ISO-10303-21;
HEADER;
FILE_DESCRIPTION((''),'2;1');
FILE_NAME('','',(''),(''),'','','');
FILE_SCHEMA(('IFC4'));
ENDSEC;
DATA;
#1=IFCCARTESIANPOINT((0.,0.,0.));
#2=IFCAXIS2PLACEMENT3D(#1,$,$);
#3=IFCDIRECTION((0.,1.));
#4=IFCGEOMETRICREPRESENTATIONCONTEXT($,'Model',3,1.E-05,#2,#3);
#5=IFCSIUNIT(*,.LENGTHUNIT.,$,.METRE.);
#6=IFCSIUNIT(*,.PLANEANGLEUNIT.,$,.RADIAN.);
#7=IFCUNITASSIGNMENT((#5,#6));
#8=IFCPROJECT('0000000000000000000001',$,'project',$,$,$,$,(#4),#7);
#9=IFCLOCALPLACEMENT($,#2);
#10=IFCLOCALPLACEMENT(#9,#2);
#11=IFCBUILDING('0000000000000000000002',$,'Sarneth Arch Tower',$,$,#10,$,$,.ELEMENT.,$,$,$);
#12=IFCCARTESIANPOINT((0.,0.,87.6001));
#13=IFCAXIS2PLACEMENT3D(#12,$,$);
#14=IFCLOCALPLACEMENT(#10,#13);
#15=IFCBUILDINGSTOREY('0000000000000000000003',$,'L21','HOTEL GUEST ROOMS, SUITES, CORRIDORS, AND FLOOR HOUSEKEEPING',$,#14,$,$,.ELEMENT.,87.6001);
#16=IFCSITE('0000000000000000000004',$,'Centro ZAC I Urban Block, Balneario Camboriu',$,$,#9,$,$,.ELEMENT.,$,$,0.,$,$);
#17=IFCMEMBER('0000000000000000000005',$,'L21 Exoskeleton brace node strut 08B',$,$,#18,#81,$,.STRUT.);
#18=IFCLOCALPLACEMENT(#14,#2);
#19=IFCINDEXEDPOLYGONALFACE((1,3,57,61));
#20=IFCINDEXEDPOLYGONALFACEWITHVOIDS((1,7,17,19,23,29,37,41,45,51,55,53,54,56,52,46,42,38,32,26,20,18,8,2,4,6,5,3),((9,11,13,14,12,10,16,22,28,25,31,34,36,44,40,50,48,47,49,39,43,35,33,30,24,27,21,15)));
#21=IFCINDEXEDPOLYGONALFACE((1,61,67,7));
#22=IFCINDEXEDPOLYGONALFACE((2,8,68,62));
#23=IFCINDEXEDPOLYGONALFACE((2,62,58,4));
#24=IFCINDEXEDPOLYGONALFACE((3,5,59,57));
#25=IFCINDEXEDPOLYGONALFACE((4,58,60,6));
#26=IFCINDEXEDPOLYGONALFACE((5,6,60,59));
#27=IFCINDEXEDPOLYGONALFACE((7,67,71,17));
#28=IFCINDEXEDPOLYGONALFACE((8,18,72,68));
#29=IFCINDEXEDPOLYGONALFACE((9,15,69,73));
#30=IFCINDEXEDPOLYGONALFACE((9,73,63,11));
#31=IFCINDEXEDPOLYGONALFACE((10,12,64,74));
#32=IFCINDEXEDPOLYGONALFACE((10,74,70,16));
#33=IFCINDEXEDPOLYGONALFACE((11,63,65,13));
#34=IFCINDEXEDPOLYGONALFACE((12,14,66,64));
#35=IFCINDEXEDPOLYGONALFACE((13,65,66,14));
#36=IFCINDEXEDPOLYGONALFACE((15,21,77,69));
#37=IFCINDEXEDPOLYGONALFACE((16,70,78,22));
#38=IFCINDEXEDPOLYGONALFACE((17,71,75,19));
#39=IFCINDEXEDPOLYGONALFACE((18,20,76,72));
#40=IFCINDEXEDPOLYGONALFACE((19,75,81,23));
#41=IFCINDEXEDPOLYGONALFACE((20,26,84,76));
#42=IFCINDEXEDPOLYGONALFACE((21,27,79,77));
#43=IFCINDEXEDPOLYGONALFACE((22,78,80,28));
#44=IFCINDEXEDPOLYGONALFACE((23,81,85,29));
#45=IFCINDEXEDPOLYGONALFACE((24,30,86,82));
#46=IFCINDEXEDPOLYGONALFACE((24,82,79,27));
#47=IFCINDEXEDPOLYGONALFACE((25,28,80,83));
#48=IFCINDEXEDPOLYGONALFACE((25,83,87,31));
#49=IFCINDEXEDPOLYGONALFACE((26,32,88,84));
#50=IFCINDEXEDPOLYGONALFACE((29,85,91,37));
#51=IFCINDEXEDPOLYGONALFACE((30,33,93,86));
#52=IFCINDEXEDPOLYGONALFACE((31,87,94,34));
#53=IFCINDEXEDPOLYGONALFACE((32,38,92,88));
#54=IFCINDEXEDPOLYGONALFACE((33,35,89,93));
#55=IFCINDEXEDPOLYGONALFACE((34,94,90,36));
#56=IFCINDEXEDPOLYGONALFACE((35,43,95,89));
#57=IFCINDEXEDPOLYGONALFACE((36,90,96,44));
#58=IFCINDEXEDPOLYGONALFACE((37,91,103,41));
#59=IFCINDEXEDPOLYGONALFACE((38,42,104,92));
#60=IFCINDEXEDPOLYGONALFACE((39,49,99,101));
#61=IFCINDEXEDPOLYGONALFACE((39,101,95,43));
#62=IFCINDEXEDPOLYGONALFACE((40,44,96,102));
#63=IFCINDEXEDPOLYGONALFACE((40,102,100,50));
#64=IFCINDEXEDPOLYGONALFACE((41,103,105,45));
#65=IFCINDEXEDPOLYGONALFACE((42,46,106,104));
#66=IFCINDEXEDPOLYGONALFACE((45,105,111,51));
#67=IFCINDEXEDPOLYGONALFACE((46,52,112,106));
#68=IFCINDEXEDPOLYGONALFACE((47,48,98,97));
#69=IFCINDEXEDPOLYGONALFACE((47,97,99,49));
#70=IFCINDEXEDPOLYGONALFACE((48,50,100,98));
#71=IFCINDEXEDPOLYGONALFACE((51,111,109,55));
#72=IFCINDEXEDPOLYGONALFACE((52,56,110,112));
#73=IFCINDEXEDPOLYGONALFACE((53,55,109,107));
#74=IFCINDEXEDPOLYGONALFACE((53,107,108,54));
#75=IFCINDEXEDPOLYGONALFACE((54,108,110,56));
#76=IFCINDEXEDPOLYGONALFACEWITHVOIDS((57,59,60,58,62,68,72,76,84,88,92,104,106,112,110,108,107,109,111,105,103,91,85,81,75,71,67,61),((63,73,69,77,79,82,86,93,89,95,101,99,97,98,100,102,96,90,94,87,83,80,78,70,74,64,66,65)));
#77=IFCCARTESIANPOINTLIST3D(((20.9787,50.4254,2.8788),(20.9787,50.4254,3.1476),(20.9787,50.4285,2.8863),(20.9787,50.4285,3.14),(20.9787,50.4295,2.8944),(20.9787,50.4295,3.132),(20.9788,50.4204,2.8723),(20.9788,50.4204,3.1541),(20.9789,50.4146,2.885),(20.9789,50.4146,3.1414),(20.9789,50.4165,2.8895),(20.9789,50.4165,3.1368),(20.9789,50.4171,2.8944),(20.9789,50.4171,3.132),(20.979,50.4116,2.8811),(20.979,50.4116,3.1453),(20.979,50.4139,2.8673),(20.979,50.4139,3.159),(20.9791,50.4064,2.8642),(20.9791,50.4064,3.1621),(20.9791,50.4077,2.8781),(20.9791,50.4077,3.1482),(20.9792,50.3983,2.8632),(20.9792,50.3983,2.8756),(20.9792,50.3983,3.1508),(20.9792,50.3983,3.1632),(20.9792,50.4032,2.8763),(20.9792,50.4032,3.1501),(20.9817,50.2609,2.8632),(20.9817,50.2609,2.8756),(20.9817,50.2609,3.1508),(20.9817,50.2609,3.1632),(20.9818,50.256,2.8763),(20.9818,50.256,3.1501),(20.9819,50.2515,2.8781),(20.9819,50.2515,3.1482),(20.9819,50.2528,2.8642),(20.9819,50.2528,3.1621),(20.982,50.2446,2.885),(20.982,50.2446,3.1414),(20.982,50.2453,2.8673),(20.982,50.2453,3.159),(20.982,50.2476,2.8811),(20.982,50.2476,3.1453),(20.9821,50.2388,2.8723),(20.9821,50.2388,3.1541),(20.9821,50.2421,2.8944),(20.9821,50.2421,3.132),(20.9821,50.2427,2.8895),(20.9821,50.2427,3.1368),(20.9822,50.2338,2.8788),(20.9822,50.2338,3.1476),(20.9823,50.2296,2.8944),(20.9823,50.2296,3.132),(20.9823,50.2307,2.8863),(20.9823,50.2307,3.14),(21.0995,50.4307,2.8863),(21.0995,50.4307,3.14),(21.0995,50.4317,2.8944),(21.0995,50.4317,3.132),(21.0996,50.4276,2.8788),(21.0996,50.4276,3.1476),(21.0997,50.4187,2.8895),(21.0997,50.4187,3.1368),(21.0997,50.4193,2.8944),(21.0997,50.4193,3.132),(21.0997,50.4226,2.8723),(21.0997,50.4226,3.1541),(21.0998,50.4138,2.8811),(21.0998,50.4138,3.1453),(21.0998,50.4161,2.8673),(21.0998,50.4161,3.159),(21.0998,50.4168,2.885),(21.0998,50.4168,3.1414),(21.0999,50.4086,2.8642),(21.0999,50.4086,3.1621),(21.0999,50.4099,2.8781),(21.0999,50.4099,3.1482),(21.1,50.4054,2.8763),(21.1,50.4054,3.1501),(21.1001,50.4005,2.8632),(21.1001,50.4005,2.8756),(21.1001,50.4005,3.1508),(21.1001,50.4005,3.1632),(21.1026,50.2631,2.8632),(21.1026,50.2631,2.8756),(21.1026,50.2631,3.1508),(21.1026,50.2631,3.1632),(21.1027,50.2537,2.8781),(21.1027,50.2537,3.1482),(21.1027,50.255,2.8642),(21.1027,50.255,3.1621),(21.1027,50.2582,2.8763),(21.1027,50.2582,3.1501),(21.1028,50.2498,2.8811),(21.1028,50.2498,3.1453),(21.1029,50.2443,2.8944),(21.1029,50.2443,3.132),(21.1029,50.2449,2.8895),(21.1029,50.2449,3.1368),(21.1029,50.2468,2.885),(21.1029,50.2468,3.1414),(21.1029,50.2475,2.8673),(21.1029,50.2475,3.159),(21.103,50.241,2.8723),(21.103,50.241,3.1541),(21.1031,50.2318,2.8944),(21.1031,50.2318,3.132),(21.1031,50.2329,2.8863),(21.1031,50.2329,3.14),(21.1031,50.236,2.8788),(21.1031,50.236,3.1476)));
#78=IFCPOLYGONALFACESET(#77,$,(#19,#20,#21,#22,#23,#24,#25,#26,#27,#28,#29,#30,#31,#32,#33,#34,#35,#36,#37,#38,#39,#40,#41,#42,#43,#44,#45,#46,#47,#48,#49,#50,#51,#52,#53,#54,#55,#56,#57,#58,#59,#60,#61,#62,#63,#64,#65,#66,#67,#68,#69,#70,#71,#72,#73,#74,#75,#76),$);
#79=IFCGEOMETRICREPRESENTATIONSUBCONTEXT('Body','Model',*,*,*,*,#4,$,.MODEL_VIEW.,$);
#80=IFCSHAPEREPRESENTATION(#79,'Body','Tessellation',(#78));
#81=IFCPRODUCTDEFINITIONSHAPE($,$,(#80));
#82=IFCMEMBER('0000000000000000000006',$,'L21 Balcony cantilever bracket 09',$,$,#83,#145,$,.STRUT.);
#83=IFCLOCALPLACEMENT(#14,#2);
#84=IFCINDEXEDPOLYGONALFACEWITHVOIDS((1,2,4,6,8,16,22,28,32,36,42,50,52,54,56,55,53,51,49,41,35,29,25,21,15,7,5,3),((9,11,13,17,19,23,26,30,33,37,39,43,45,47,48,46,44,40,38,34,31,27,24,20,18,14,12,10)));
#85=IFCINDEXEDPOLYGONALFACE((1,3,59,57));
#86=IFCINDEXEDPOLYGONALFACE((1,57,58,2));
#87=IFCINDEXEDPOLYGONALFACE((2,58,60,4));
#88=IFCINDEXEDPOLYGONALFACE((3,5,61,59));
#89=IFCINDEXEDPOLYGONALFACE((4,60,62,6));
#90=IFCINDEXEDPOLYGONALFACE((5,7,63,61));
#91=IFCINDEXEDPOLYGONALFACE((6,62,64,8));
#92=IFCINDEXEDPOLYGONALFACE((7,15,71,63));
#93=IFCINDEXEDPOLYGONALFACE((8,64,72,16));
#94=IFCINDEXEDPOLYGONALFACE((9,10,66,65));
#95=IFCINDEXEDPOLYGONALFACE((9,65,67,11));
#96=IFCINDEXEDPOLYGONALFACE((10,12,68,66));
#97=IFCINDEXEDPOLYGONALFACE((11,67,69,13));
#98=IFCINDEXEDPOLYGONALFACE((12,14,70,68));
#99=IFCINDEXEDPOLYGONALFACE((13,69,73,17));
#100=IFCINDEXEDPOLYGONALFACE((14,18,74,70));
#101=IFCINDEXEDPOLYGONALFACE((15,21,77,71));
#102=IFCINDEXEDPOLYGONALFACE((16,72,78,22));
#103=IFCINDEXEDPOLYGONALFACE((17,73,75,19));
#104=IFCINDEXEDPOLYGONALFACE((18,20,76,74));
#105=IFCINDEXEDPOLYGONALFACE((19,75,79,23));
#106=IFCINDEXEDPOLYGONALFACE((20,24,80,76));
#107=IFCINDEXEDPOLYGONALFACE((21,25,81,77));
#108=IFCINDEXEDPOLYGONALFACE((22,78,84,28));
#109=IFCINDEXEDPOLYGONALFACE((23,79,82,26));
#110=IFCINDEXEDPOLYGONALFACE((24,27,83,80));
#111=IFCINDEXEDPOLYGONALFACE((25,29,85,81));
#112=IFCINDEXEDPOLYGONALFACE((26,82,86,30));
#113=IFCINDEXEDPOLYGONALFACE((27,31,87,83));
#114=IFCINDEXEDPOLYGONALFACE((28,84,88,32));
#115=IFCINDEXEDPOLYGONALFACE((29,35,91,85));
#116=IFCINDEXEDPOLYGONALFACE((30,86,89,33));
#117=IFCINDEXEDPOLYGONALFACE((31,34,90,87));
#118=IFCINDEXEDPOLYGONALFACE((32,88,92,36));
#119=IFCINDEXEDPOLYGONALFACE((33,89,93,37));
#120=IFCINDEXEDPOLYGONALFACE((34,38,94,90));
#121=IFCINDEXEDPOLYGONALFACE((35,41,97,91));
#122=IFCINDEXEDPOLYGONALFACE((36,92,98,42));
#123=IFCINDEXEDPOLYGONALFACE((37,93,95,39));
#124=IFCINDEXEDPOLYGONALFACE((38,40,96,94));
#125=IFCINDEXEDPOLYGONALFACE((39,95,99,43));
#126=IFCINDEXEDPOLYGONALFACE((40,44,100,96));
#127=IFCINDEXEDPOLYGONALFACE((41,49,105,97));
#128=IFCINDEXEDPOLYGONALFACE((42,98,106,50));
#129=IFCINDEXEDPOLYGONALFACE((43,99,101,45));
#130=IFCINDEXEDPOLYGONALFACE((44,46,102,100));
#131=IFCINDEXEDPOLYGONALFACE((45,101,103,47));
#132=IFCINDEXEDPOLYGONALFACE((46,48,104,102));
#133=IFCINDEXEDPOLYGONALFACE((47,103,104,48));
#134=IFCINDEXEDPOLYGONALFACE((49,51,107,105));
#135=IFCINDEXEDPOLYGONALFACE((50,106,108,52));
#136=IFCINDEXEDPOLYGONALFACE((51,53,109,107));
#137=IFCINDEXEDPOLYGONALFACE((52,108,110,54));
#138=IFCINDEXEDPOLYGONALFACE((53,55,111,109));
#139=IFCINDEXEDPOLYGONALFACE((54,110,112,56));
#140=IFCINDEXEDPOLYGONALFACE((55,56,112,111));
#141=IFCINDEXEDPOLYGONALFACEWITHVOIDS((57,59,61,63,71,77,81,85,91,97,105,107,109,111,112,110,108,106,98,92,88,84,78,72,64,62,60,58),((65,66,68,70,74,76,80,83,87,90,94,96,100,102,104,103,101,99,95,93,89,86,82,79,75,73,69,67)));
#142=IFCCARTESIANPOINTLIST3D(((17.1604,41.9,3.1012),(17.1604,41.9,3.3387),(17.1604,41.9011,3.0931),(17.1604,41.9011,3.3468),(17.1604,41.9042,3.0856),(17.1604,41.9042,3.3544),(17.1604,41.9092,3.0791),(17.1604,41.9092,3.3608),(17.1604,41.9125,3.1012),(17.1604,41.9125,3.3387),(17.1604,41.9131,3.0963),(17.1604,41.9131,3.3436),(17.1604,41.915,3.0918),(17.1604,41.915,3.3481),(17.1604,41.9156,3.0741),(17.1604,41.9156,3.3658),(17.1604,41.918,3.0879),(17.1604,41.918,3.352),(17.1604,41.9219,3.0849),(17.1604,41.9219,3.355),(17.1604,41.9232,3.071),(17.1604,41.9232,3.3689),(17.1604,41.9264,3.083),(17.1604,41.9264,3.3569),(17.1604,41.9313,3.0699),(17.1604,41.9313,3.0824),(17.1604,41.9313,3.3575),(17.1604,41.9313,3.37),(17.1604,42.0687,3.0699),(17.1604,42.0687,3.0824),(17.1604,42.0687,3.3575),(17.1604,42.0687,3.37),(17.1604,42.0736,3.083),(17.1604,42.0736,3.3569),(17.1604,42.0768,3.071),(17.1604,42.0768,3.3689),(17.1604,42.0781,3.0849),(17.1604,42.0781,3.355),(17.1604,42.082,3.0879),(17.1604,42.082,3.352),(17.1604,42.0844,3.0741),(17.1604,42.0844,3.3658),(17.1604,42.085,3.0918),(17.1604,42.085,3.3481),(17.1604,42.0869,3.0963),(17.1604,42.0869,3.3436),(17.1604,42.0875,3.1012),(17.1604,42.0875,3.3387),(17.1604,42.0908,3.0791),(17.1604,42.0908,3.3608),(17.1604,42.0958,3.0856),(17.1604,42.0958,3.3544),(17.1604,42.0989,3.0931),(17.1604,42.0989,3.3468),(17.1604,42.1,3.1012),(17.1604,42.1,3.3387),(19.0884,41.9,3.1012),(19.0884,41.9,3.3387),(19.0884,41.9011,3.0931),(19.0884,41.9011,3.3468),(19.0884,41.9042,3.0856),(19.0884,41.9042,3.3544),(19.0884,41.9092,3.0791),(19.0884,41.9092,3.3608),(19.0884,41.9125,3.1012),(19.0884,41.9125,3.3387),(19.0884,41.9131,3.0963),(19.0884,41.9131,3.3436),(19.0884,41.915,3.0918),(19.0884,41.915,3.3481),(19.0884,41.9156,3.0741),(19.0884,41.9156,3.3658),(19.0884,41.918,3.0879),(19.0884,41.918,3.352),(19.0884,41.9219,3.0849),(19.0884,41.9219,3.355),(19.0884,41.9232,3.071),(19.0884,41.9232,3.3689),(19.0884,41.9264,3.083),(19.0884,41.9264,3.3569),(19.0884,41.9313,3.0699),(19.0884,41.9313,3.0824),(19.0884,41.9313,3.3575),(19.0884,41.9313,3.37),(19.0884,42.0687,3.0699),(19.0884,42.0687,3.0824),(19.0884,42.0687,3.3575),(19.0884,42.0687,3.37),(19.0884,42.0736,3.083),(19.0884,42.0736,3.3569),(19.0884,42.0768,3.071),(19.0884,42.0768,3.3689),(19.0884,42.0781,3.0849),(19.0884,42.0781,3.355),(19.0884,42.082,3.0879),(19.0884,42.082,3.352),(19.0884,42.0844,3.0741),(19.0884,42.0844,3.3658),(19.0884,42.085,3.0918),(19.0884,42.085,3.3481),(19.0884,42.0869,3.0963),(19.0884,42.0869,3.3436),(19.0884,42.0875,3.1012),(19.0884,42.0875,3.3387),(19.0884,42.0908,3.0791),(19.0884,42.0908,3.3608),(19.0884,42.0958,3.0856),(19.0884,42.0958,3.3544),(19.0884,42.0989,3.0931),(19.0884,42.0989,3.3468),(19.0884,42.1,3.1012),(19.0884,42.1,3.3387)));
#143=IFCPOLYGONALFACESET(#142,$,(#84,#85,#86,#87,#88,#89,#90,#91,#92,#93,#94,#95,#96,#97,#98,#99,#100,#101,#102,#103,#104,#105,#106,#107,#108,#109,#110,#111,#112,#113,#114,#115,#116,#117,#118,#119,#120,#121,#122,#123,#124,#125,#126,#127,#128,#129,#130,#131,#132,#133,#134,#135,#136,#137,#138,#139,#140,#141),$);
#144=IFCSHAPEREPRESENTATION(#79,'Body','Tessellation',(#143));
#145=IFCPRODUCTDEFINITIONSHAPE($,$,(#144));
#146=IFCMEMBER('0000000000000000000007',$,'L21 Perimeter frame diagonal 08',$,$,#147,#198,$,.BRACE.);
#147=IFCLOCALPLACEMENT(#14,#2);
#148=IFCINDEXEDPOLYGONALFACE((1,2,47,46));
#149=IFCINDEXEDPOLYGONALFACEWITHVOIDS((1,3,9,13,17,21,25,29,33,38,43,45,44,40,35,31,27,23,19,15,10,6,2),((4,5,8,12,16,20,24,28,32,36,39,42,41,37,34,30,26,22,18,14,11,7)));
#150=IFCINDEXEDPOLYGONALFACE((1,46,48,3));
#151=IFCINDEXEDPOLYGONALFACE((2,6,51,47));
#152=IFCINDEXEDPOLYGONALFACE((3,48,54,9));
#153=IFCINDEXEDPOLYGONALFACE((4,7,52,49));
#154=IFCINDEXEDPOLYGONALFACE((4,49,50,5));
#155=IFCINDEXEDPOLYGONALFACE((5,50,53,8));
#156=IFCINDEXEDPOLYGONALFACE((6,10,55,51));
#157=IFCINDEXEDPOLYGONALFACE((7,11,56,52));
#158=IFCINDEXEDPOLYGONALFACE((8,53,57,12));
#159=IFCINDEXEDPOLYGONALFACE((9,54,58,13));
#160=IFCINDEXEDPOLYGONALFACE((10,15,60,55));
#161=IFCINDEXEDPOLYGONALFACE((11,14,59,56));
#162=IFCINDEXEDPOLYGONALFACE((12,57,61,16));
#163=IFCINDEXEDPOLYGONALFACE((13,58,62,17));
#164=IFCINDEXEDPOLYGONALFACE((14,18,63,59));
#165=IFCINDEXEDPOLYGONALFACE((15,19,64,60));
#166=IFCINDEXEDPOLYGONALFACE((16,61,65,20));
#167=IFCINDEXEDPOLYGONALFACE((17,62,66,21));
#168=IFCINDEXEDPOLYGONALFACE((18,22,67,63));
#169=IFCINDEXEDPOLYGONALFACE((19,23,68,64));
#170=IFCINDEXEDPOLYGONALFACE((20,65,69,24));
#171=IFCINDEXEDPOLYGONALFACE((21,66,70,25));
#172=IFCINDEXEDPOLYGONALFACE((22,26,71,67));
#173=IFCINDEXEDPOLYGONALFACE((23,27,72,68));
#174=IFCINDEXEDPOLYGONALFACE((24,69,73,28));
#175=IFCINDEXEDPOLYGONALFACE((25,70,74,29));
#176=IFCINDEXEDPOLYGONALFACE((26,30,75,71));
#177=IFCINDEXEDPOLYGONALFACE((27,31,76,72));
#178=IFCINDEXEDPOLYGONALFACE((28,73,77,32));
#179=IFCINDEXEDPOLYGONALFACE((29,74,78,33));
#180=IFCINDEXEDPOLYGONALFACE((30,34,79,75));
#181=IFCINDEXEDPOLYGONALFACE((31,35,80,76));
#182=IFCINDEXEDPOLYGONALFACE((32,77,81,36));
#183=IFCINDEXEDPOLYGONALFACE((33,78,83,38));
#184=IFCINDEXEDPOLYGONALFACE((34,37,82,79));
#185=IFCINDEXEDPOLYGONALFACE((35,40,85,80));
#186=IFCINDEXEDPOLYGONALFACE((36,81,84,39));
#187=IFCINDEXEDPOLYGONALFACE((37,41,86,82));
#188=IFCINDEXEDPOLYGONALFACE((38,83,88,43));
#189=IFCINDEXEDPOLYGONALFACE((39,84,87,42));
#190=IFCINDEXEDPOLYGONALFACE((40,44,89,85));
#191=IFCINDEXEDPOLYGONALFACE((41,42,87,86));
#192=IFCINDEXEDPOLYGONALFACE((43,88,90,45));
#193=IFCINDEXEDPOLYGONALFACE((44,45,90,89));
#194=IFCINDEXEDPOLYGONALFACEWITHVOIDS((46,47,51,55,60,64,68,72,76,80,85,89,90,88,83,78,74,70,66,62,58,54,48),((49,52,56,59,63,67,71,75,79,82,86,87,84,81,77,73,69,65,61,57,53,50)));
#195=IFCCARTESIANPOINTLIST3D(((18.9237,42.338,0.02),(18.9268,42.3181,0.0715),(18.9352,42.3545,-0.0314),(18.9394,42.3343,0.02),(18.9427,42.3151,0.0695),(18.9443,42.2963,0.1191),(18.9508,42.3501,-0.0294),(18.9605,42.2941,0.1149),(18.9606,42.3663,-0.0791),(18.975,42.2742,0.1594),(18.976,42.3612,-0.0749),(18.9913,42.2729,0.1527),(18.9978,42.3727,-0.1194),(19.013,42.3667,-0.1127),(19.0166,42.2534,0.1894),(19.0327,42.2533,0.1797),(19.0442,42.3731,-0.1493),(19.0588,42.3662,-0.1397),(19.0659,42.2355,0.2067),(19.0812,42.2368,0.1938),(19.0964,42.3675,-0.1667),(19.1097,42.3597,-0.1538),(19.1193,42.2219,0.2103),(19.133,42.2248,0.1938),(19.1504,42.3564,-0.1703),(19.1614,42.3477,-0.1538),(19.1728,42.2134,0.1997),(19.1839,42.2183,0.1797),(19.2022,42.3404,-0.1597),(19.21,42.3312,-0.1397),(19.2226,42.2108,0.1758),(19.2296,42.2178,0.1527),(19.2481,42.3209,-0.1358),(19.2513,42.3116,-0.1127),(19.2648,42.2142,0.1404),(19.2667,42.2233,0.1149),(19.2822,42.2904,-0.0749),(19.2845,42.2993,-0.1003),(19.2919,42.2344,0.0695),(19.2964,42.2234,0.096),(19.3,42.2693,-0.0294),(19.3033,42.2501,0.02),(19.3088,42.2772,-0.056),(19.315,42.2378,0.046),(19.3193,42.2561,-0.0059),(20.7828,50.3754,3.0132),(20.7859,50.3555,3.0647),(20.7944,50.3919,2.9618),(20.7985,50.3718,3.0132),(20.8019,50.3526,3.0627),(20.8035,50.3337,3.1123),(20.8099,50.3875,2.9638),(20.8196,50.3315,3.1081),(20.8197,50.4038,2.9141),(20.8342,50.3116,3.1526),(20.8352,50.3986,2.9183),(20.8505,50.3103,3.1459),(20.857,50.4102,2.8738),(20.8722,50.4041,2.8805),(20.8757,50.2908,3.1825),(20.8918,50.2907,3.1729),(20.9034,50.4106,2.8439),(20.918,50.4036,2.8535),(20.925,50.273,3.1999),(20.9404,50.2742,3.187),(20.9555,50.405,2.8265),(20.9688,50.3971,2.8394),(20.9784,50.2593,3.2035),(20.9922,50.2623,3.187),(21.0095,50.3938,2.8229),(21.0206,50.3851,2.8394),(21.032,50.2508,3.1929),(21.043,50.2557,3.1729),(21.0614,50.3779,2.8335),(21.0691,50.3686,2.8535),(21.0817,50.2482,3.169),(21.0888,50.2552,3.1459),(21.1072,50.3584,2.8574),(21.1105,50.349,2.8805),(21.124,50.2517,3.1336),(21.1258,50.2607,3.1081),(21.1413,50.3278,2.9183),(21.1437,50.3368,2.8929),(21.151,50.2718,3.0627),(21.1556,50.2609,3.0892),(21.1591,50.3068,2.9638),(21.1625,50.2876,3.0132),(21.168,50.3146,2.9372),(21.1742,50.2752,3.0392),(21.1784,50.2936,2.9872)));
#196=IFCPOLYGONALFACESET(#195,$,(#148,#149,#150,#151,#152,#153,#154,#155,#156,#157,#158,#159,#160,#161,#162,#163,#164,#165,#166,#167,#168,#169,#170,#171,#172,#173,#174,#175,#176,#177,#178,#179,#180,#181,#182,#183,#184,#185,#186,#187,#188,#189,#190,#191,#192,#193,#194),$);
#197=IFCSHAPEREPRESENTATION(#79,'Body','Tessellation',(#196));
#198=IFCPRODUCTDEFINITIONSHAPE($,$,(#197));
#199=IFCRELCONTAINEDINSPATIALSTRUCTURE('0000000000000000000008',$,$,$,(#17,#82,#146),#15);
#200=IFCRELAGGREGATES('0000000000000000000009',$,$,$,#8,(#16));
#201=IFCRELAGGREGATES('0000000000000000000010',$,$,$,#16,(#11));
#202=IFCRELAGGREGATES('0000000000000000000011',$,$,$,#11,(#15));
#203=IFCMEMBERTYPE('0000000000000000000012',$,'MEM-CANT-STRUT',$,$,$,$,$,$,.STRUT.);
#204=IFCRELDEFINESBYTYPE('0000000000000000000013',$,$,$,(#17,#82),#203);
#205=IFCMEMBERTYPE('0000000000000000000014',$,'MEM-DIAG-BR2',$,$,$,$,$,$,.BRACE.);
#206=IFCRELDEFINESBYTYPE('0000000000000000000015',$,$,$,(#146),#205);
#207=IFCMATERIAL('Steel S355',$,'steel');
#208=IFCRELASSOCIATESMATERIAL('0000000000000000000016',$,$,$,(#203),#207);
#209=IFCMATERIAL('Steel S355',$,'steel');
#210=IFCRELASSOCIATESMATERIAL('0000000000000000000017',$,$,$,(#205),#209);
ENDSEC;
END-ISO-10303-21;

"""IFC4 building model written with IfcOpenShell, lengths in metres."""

from ifc_helpers import new_model, si_unit, direction, frame, origin, origin_2d, place, context, subcontext, project, spatial, hollow_rectangle, hollow_circle, extrude, material, material_profile, profile_set, type_object, element, save


model = new_model("IFC4")

# Units and contexts
model_context = context("Model", 3, precision=1e-05, world=origin(), true_north=direction((0.0, 1.0)))
body_context = subcontext(model_context, "Body", "Model", "MODEL_VIEW")
ifc_project = project(units=[si_unit("LENGTHUNIT", "METRE"), si_unit("PLANEANGLEUNIT", "RADIAN")], contexts=[model_context])

# Site, building, storey
site_placement = place(None, origin())
site = spatial("IfcSite", under=ifc_project, at=site_placement, Name="Centro ZAC I Urban Block, Balneario Camboriu", CompositionType="ELEMENT", RefElevation=0.0)
building_placement = place(site_placement, origin())
building = spatial("IfcBuilding", under=site, at=building_placement, Name="Sarneth Arch Tower", CompositionType="ELEMENT")
storey_placement = place(building_placement, frame((0.0, 0.0, 87.6001)))
storey = spatial("IfcBuildingStorey", under=building, at=storey_placement, Name="L21", Description="HOTEL GUEST ROOMS, SUITES, CORRIDORS, AND FLOOR HOUSEKEEPING", CompositionType="ELEMENT", Elevation=87.6001)

# Members
ifc_material_1 = material(Name="Steel S355", Category="steel")
ifc_material_profile_1 = material_profile(ifc_material_1, hollow_rectangle(XDim=0.2, YDim=0.3, WallThickness=0.0125, InnerFilletRadius=0.0188, OuterFilletRadius=0.0312, at=origin_2d()), Name="RHS300x200x12.5")
ifc_profile_set_1 = profile_set([ifc_material_profile_1], Name="Steel S355")
member_type_1 = type_object("IfcMemberType", Name="MEM-CANT-STRUT", PredefinedType="STRUT", material=ifc_profile_set_1)
member_1_placement = place(storey_placement, frame((21.1013, 50.3318, 3.0132), z_axis=(-0.999835, -0.018179, 0.0), x_axis=(0.018179, -0.999835, 0.0)))
element("IfcMember", 1, at=member_1_placement, inside=storey, type_object=member_type_1, Name="L21 Exoskeleton brace node strut 08B", PredefinedType="STRUT", context=body_context, shape_type="SweptSolid", body=[
    extrude(hollow_rectangle(XDim=0.2, YDim=0.3, WallThickness=0.0125, InnerFilletRadius=0.0188, OuterFilletRadius=0.0312, at=origin_2d()), origin(), (0.0, 0.0, 1.0), 0.1208),
])
member_2_placement = place(storey_placement, frame((19.0884, 42.0, 3.22), z_axis=(-1.0, 0.0, 0.0), x_axis=(0.0, -1.0, 0.0)))
element("IfcMember", 2, at=member_2_placement, inside=storey, type_object=member_type_1, Name="L21 Balcony cantilever bracket 09", PredefinedType="STRUT", context=body_context, shape_type="SweptSolid", body=[
    extrude(hollow_rectangle(XDim=0.2, YDim=0.3, WallThickness=0.0125, InnerFilletRadius=0.0188, OuterFilletRadius=0.0312, at=origin_2d()), origin(), (0.0, 0.0, 1.0), 1.928),
])
ifc_material_2 = material(Name="Steel S355", Category="steel")
ifc_material_profile_2 = material_profile(ifc_material_2, hollow_circle(Radius=0.2029, WallThickness=0.0161, at=origin_2d()), Name="CHS406x16")
ifc_profile_set_2 = profile_set([ifc_material_profile_2], Name="Steel S355")
member_type_2 = type_object("IfcMemberType", Name="MEM-DIAG-BR2", PredefinedType="BRACE", material=ifc_profile_set_2)
member_3_placement = place(storey_placement, frame((19.1213, 42.2922, 0.02), z_axis=(0.211848, 0.915856, 0.341071), x_axis=(-0.974275, 0.225361, 0.0)))
element("IfcMember", 3, at=member_3_placement, inside=storey, type_object=member_type_2, Name="L21 Perimeter frame diagonal 08", PredefinedType="BRACE", context=body_context, shape_type="SweptSolid", body=[
    extrude(hollow_circle(Radius=0.2029, WallThickness=0.0161, at=origin_2d()), origin(), (0.0, 0.0, 1.0), 8.7759),
])

save(model, "model.ifc")
